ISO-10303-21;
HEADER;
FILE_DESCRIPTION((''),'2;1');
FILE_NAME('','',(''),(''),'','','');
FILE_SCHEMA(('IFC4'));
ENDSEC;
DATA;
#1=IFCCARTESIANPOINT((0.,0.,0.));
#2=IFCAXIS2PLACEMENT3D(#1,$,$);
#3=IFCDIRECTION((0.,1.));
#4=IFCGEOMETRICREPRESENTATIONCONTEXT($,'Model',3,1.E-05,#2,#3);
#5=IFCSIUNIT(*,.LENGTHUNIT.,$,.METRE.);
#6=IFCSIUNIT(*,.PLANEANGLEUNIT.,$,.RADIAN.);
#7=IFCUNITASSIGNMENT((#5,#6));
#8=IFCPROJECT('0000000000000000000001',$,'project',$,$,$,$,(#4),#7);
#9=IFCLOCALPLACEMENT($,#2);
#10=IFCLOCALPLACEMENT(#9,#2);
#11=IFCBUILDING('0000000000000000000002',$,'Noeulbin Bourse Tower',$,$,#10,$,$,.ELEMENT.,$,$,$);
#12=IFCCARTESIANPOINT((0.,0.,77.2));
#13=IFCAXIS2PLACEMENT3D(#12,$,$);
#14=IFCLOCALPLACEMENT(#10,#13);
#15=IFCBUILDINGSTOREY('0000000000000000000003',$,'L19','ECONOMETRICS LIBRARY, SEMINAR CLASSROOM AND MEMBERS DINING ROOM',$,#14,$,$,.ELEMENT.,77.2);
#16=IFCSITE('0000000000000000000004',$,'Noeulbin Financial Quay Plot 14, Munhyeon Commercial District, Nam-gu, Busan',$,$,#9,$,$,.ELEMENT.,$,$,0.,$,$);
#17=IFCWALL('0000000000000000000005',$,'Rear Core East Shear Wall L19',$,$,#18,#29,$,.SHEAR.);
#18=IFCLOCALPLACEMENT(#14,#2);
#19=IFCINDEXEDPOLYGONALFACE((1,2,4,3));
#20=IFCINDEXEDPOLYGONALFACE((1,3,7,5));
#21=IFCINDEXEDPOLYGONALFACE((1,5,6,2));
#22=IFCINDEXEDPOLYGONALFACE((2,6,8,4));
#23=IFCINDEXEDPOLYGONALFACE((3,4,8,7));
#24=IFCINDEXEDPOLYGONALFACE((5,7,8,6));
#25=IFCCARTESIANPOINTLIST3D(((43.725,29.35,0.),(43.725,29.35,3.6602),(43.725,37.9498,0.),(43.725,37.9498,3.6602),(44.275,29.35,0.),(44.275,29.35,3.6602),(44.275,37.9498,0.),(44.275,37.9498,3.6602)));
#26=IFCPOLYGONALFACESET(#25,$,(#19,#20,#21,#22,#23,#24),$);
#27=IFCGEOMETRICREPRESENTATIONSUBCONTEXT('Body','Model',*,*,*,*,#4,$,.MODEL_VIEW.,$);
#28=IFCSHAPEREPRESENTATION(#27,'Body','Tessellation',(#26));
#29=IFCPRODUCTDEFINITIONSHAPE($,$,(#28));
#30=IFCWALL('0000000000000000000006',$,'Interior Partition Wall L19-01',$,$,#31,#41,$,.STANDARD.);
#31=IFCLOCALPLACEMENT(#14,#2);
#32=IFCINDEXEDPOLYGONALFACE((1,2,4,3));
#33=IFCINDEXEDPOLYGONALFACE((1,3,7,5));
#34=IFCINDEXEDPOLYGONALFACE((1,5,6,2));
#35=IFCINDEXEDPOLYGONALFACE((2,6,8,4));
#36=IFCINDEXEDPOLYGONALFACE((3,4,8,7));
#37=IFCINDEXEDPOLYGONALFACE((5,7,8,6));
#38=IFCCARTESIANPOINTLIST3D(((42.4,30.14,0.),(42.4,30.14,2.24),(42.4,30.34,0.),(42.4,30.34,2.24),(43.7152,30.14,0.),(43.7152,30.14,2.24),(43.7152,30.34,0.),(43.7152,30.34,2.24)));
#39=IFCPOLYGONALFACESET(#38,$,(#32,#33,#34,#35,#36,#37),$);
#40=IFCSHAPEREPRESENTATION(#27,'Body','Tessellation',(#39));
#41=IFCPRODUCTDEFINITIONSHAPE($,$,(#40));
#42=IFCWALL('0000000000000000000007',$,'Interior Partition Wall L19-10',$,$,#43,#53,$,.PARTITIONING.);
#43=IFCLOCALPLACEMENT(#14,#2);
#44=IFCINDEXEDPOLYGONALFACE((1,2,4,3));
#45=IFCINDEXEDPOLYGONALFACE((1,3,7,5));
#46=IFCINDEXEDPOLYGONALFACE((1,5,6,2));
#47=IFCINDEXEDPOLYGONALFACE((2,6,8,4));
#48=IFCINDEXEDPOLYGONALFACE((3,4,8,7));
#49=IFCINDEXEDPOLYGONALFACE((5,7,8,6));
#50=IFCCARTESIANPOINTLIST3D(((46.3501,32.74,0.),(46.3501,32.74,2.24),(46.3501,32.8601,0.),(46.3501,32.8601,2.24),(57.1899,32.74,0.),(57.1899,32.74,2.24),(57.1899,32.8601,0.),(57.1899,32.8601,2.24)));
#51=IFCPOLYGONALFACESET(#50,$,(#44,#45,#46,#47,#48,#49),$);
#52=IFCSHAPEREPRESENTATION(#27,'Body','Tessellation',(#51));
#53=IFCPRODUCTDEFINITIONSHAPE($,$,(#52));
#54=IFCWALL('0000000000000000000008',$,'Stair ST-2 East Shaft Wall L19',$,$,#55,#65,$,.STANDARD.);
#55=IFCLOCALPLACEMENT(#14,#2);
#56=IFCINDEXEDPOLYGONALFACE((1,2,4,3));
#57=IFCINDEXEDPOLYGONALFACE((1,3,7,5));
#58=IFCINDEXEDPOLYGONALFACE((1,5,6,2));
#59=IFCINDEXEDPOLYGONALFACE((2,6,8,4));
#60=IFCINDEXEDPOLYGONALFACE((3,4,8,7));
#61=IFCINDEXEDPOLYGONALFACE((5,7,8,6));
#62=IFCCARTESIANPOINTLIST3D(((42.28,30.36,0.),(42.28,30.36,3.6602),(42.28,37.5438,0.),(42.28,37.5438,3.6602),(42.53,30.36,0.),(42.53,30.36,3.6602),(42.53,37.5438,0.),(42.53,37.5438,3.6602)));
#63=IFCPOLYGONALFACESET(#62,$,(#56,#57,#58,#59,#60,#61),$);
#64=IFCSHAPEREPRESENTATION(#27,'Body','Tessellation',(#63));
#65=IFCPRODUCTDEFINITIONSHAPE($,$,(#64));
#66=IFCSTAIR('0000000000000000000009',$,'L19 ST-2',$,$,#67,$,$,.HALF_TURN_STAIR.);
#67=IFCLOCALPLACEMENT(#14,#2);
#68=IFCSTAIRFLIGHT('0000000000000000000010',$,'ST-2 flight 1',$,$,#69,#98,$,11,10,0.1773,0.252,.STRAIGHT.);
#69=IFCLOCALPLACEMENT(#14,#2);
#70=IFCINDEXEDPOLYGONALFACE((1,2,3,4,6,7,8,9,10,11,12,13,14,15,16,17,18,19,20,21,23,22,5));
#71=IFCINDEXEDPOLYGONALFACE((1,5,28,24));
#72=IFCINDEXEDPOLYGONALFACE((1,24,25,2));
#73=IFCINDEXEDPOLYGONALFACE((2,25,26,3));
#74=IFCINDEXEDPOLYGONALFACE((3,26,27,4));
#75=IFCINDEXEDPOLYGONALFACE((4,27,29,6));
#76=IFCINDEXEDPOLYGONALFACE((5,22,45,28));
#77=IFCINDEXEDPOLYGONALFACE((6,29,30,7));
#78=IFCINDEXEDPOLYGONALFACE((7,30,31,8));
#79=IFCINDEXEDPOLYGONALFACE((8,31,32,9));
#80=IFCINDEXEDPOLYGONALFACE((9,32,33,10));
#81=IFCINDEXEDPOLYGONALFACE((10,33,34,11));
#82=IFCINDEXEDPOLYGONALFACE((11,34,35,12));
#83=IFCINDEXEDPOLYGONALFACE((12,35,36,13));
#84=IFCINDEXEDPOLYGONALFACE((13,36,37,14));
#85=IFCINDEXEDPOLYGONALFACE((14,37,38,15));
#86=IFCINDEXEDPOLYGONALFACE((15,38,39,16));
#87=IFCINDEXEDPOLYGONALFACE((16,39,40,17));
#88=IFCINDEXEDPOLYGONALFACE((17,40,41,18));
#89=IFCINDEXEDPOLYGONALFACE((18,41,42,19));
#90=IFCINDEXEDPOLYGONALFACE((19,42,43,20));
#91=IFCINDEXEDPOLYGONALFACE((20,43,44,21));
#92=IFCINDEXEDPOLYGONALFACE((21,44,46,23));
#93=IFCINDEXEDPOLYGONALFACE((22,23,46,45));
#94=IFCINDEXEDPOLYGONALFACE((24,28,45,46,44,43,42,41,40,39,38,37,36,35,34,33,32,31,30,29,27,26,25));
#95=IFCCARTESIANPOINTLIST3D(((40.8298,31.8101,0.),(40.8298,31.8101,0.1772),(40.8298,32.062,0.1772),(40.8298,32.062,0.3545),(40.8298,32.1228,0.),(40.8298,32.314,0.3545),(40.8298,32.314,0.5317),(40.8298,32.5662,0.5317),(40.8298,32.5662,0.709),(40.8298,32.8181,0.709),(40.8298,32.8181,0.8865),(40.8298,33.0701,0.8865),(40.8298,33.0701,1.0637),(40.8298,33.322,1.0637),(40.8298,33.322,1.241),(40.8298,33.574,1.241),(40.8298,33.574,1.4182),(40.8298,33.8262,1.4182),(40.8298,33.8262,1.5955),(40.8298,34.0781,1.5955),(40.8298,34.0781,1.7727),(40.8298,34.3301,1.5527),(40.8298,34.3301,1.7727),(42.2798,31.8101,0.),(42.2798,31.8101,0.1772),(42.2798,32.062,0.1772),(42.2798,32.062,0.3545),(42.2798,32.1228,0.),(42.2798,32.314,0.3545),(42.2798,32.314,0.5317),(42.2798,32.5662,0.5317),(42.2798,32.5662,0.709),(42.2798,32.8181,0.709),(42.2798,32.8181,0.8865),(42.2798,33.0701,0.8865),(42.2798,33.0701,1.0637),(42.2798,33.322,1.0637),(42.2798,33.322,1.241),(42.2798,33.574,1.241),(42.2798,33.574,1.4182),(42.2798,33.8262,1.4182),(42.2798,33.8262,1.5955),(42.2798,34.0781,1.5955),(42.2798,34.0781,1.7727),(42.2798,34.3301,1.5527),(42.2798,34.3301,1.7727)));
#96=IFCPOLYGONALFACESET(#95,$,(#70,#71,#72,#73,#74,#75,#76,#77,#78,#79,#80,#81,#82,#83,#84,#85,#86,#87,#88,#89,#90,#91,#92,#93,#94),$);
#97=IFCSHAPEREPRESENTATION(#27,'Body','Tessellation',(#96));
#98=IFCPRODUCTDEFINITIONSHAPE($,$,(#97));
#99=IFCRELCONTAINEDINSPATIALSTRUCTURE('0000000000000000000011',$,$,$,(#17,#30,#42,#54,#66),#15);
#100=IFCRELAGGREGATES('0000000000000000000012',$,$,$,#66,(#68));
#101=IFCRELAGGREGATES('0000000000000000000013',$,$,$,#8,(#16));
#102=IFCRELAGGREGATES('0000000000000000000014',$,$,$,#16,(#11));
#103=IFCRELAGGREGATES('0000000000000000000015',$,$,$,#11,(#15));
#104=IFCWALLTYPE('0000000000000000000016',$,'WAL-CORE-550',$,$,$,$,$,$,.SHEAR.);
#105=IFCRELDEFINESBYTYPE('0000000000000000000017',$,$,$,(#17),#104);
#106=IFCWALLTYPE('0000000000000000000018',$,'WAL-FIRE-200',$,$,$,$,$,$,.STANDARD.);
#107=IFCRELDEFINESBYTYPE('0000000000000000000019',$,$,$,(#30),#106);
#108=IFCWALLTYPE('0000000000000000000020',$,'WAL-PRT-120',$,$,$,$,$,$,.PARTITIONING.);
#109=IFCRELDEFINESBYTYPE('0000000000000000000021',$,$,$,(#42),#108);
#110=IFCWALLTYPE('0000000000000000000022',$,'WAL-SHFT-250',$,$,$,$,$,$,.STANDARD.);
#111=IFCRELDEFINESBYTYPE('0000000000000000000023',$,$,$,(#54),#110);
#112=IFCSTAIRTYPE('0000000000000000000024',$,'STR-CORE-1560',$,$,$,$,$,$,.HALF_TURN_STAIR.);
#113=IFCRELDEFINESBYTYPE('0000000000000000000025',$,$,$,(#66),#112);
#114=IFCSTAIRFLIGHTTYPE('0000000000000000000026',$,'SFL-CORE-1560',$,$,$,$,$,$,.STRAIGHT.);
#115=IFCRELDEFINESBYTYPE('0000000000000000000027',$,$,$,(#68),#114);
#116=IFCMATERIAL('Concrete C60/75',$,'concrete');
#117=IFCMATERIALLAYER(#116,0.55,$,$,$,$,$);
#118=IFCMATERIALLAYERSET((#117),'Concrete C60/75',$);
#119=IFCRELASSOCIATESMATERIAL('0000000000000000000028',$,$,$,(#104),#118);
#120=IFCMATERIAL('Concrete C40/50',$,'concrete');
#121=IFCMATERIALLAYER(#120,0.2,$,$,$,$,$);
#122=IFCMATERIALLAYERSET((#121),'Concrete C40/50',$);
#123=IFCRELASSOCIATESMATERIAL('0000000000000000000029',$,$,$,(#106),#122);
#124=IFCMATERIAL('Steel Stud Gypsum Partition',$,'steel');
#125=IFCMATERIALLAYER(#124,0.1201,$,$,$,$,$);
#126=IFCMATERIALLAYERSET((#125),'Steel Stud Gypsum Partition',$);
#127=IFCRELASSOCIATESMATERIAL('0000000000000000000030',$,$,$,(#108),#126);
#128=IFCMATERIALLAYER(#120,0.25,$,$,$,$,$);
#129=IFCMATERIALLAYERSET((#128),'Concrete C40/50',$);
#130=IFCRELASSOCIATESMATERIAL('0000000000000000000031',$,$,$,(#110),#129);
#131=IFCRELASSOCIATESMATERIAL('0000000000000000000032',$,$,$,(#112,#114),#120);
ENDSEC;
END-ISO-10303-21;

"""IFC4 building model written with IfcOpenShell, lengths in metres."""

from ifc_helpers import new_model, si_unit, direction, frame, frame_2d, origin, place, context, subcontext, project, spatial, polyline, rectangle, outline, extrude, material, layer, layer_set, type_object, element, aggregate, save


model = new_model("IFC4")

# Units and contexts
model_context = context("Model", 3, precision=1e-05, world=origin(), true_north=direction((0.0, 1.0)))
body_context = subcontext(model_context, "Body", "Model", "MODEL_VIEW")
ifc_project = project(units=[si_unit("LENGTHUNIT", "METRE"), si_unit("PLANEANGLEUNIT", "RADIAN")], contexts=[model_context])

# Site, building, storey
site_placement = place(None, origin())
site = spatial("IfcSite", under=ifc_project, at=site_placement, Name="Noeulbin Financial Quay Plot 14, Munhyeon Commercial District, Nam-gu, Busan", CompositionType="ELEMENT", RefElevation=0.0)
building_placement = place(site_placement, origin())
building = spatial("IfcBuilding", under=site, at=building_placement, Name="Noeulbin Bourse Tower", CompositionType="ELEMENT")
storey_placement = place(building_placement, frame((0.0, 0.0, 77.2)))
storey = spatial("IfcBuildingStorey", under=building, at=storey_placement, Name="L19", Description="ECONOMETRICS LIBRARY, SEMINAR CLASSROOM AND MEMBERS DINING ROOM", CompositionType="ELEMENT", Elevation=77.2)

# Walls
ifc_material_1 = material(Name="Concrete C60/75", Category="concrete")
ifc_layer_1 = layer(ifc_material_1, 0.55)
ifc_layer_set_1 = layer_set([ifc_layer_1], Name="Concrete C60/75")
wall_type_1 = type_object("IfcWallType", Name="WAL-CORE-550", PredefinedType="SHEAR", material=ifc_layer_set_1)
wall_1_placement = place(storey_placement, frame((44.0, 29.3501, 0.0), z_axis=(0.0, 0.0, 1.0), x_axis=(0.0, 1.0, 0.0)))
element("IfcWall", 1, at=wall_1_placement, inside=storey, type_object=wall_type_1, Name="Rear Core East Shear Wall L19", PredefinedType="SHEAR", context=body_context, shape_type="SweptSolid", body=[
    extrude(rectangle(XDim=8.5999, YDim=0.55, at=frame_2d((4.2998, 0.0))), origin(), (0.0, 0.0, 1.0), 3.6602),
])
ifc_material_2 = material(Name="Concrete C40/50", Category="concrete")
ifc_layer_2 = layer(ifc_material_2, 0.2)
ifc_layer_set_2 = layer_set([ifc_layer_2], Name="Concrete C40/50")
wall_type_2 = type_object("IfcWallType", Name="WAL-FIRE-200", PredefinedType="STANDARD", material=ifc_layer_set_2)
wall_2_placement = place(storey_placement, frame((42.3999, 30.24, 0.0), z_axis=(0.0, 0.0, 1.0), x_axis=(1.0, 0.0, 0.0)))
element("IfcWall", 2, at=wall_2_placement, inside=storey, type_object=wall_type_2, Name="Interior Partition Wall L19-01", PredefinedType="STANDARD", context=body_context, shape_type="SweptSolid", body=[
    extrude(rectangle(XDim=1.3152, YDim=0.2, at=frame_2d((0.6577, 0.0))), origin(), (0.0, 0.0, 1.0), 2.24),
])
ifc_material_3 = material(Name="Steel Stud Gypsum Partition", Category="steel")
ifc_layer_3 = layer(ifc_material_3, 0.1201)
ifc_layer_set_3 = layer_set([ifc_layer_3], Name="Steel Stud Gypsum Partition")
wall_type_3 = type_object("IfcWallType", Name="WAL-PRT-120", PredefinedType="PARTITIONING", material=ifc_layer_set_3)
wall_3_placement = place(storey_placement, frame((46.3501, 32.8, 0.0), z_axis=(0.0, 0.0, 1.0), x_axis=(1.0, 0.0, 0.0)))
element("IfcWall", 3, at=wall_3_placement, inside=storey, type_object=wall_type_3, Name="Interior Partition Wall L19-10", PredefinedType="PARTITIONING", context=body_context, shape_type="SweptSolid", body=[
    extrude(rectangle(XDim=10.8398, YDim=0.1201, at=frame_2d((5.4199, 0.0))), origin(), (0.0, 0.0, 1.0), 2.24),
])
ifc_layer_4 = layer(ifc_material_2, 0.25)
ifc_layer_set_4 = layer_set([ifc_layer_4], Name="Concrete C40/50")
wall_type_4 = type_object("IfcWallType", Name="WAL-SHFT-250", PredefinedType="STANDARD", material=ifc_layer_set_4)
wall_4_placement = place(storey_placement, frame((42.405, 30.3601, 0.0), z_axis=(0.0, 0.0, 1.0), x_axis=(0.0, 1.0, 0.0)))
element("IfcWall", 4, at=wall_4_placement, inside=storey, type_object=wall_type_4, Name="Stair ST-2 East Shaft Wall L19", PredefinedType="STANDARD", context=body_context, shape_type="SweptSolid", body=[
    extrude(rectangle(XDim=7.1838, YDim=0.25, at=frame_2d((3.5918, 0.0))), origin(), (0.0, 0.0, 1.0), 3.6602),
])

# Stair, stair flight
stair_type = type_object("IfcStairType", Name="STR-CORE-1560", PredefinedType="HALF_TURN_STAIR", material=ifc_material_2)
stair_placement = place(storey_placement, origin())
stair = element("IfcStair", 5, at=stair_placement, inside=storey, type_object=stair_type, Name="L19 ST-2", PredefinedType="HALF_TURN_STAIR")
stair_flight_type = type_object("IfcStairFlightType", Name="SFL-CORE-1560", PredefinedType="STRAIGHT", material=ifc_material_2)
stair_flight_placement = place(storey_placement, frame((41.5549, 31.8101, 0.0), z_axis=(0.0, 0.0, 1.0), x_axis=(0.0, 1.0, 0.0)))
stair_flight = element("IfcStairFlight", 6, at=stair_flight_placement, type_object=stair_flight_type, Name="ST-2 flight 1", NumberOfRisers=11, NumberOfTreads=10, PredefinedType="STRAIGHT", RiserHeight=0.1773, TreadLength=0.252, context=body_context, shape_type="SweptSolid", body=[
    extrude(outline(polyline([(0.0, 0.0), (0.0, 0.1772), (0.252, 0.1772), (0.252, 0.3545), (0.5039, 0.3545), (0.5039, 0.5317), (0.7561, 0.5317), (0.7561, 0.709), (1.0081, 0.709), (1.0081, 0.8865), (1.26, 0.8865), (1.26, 1.0637), (1.512, 1.0637), (1.512, 1.241), (1.7639, 1.241), (1.7639, 1.4182), (2.0161, 1.4182), (2.0161, 1.5955), (2.2681, 1.5955), (2.2681, 1.7727), (2.52, 1.7727), (2.52, 1.95), (2.52, 1.5527), (0.3127, 0.0), (0.0, 0.0)])), frame((0.0, 0.7251, 0.0), z_axis=(0.0, -1.0, 0.0), x_axis=(1.0, 0.0, 0.0)), (0.0, 0.0, 1.0), 1.45),
])
aggregate(stair, [stair_flight])

save(model, "model.ifc")
